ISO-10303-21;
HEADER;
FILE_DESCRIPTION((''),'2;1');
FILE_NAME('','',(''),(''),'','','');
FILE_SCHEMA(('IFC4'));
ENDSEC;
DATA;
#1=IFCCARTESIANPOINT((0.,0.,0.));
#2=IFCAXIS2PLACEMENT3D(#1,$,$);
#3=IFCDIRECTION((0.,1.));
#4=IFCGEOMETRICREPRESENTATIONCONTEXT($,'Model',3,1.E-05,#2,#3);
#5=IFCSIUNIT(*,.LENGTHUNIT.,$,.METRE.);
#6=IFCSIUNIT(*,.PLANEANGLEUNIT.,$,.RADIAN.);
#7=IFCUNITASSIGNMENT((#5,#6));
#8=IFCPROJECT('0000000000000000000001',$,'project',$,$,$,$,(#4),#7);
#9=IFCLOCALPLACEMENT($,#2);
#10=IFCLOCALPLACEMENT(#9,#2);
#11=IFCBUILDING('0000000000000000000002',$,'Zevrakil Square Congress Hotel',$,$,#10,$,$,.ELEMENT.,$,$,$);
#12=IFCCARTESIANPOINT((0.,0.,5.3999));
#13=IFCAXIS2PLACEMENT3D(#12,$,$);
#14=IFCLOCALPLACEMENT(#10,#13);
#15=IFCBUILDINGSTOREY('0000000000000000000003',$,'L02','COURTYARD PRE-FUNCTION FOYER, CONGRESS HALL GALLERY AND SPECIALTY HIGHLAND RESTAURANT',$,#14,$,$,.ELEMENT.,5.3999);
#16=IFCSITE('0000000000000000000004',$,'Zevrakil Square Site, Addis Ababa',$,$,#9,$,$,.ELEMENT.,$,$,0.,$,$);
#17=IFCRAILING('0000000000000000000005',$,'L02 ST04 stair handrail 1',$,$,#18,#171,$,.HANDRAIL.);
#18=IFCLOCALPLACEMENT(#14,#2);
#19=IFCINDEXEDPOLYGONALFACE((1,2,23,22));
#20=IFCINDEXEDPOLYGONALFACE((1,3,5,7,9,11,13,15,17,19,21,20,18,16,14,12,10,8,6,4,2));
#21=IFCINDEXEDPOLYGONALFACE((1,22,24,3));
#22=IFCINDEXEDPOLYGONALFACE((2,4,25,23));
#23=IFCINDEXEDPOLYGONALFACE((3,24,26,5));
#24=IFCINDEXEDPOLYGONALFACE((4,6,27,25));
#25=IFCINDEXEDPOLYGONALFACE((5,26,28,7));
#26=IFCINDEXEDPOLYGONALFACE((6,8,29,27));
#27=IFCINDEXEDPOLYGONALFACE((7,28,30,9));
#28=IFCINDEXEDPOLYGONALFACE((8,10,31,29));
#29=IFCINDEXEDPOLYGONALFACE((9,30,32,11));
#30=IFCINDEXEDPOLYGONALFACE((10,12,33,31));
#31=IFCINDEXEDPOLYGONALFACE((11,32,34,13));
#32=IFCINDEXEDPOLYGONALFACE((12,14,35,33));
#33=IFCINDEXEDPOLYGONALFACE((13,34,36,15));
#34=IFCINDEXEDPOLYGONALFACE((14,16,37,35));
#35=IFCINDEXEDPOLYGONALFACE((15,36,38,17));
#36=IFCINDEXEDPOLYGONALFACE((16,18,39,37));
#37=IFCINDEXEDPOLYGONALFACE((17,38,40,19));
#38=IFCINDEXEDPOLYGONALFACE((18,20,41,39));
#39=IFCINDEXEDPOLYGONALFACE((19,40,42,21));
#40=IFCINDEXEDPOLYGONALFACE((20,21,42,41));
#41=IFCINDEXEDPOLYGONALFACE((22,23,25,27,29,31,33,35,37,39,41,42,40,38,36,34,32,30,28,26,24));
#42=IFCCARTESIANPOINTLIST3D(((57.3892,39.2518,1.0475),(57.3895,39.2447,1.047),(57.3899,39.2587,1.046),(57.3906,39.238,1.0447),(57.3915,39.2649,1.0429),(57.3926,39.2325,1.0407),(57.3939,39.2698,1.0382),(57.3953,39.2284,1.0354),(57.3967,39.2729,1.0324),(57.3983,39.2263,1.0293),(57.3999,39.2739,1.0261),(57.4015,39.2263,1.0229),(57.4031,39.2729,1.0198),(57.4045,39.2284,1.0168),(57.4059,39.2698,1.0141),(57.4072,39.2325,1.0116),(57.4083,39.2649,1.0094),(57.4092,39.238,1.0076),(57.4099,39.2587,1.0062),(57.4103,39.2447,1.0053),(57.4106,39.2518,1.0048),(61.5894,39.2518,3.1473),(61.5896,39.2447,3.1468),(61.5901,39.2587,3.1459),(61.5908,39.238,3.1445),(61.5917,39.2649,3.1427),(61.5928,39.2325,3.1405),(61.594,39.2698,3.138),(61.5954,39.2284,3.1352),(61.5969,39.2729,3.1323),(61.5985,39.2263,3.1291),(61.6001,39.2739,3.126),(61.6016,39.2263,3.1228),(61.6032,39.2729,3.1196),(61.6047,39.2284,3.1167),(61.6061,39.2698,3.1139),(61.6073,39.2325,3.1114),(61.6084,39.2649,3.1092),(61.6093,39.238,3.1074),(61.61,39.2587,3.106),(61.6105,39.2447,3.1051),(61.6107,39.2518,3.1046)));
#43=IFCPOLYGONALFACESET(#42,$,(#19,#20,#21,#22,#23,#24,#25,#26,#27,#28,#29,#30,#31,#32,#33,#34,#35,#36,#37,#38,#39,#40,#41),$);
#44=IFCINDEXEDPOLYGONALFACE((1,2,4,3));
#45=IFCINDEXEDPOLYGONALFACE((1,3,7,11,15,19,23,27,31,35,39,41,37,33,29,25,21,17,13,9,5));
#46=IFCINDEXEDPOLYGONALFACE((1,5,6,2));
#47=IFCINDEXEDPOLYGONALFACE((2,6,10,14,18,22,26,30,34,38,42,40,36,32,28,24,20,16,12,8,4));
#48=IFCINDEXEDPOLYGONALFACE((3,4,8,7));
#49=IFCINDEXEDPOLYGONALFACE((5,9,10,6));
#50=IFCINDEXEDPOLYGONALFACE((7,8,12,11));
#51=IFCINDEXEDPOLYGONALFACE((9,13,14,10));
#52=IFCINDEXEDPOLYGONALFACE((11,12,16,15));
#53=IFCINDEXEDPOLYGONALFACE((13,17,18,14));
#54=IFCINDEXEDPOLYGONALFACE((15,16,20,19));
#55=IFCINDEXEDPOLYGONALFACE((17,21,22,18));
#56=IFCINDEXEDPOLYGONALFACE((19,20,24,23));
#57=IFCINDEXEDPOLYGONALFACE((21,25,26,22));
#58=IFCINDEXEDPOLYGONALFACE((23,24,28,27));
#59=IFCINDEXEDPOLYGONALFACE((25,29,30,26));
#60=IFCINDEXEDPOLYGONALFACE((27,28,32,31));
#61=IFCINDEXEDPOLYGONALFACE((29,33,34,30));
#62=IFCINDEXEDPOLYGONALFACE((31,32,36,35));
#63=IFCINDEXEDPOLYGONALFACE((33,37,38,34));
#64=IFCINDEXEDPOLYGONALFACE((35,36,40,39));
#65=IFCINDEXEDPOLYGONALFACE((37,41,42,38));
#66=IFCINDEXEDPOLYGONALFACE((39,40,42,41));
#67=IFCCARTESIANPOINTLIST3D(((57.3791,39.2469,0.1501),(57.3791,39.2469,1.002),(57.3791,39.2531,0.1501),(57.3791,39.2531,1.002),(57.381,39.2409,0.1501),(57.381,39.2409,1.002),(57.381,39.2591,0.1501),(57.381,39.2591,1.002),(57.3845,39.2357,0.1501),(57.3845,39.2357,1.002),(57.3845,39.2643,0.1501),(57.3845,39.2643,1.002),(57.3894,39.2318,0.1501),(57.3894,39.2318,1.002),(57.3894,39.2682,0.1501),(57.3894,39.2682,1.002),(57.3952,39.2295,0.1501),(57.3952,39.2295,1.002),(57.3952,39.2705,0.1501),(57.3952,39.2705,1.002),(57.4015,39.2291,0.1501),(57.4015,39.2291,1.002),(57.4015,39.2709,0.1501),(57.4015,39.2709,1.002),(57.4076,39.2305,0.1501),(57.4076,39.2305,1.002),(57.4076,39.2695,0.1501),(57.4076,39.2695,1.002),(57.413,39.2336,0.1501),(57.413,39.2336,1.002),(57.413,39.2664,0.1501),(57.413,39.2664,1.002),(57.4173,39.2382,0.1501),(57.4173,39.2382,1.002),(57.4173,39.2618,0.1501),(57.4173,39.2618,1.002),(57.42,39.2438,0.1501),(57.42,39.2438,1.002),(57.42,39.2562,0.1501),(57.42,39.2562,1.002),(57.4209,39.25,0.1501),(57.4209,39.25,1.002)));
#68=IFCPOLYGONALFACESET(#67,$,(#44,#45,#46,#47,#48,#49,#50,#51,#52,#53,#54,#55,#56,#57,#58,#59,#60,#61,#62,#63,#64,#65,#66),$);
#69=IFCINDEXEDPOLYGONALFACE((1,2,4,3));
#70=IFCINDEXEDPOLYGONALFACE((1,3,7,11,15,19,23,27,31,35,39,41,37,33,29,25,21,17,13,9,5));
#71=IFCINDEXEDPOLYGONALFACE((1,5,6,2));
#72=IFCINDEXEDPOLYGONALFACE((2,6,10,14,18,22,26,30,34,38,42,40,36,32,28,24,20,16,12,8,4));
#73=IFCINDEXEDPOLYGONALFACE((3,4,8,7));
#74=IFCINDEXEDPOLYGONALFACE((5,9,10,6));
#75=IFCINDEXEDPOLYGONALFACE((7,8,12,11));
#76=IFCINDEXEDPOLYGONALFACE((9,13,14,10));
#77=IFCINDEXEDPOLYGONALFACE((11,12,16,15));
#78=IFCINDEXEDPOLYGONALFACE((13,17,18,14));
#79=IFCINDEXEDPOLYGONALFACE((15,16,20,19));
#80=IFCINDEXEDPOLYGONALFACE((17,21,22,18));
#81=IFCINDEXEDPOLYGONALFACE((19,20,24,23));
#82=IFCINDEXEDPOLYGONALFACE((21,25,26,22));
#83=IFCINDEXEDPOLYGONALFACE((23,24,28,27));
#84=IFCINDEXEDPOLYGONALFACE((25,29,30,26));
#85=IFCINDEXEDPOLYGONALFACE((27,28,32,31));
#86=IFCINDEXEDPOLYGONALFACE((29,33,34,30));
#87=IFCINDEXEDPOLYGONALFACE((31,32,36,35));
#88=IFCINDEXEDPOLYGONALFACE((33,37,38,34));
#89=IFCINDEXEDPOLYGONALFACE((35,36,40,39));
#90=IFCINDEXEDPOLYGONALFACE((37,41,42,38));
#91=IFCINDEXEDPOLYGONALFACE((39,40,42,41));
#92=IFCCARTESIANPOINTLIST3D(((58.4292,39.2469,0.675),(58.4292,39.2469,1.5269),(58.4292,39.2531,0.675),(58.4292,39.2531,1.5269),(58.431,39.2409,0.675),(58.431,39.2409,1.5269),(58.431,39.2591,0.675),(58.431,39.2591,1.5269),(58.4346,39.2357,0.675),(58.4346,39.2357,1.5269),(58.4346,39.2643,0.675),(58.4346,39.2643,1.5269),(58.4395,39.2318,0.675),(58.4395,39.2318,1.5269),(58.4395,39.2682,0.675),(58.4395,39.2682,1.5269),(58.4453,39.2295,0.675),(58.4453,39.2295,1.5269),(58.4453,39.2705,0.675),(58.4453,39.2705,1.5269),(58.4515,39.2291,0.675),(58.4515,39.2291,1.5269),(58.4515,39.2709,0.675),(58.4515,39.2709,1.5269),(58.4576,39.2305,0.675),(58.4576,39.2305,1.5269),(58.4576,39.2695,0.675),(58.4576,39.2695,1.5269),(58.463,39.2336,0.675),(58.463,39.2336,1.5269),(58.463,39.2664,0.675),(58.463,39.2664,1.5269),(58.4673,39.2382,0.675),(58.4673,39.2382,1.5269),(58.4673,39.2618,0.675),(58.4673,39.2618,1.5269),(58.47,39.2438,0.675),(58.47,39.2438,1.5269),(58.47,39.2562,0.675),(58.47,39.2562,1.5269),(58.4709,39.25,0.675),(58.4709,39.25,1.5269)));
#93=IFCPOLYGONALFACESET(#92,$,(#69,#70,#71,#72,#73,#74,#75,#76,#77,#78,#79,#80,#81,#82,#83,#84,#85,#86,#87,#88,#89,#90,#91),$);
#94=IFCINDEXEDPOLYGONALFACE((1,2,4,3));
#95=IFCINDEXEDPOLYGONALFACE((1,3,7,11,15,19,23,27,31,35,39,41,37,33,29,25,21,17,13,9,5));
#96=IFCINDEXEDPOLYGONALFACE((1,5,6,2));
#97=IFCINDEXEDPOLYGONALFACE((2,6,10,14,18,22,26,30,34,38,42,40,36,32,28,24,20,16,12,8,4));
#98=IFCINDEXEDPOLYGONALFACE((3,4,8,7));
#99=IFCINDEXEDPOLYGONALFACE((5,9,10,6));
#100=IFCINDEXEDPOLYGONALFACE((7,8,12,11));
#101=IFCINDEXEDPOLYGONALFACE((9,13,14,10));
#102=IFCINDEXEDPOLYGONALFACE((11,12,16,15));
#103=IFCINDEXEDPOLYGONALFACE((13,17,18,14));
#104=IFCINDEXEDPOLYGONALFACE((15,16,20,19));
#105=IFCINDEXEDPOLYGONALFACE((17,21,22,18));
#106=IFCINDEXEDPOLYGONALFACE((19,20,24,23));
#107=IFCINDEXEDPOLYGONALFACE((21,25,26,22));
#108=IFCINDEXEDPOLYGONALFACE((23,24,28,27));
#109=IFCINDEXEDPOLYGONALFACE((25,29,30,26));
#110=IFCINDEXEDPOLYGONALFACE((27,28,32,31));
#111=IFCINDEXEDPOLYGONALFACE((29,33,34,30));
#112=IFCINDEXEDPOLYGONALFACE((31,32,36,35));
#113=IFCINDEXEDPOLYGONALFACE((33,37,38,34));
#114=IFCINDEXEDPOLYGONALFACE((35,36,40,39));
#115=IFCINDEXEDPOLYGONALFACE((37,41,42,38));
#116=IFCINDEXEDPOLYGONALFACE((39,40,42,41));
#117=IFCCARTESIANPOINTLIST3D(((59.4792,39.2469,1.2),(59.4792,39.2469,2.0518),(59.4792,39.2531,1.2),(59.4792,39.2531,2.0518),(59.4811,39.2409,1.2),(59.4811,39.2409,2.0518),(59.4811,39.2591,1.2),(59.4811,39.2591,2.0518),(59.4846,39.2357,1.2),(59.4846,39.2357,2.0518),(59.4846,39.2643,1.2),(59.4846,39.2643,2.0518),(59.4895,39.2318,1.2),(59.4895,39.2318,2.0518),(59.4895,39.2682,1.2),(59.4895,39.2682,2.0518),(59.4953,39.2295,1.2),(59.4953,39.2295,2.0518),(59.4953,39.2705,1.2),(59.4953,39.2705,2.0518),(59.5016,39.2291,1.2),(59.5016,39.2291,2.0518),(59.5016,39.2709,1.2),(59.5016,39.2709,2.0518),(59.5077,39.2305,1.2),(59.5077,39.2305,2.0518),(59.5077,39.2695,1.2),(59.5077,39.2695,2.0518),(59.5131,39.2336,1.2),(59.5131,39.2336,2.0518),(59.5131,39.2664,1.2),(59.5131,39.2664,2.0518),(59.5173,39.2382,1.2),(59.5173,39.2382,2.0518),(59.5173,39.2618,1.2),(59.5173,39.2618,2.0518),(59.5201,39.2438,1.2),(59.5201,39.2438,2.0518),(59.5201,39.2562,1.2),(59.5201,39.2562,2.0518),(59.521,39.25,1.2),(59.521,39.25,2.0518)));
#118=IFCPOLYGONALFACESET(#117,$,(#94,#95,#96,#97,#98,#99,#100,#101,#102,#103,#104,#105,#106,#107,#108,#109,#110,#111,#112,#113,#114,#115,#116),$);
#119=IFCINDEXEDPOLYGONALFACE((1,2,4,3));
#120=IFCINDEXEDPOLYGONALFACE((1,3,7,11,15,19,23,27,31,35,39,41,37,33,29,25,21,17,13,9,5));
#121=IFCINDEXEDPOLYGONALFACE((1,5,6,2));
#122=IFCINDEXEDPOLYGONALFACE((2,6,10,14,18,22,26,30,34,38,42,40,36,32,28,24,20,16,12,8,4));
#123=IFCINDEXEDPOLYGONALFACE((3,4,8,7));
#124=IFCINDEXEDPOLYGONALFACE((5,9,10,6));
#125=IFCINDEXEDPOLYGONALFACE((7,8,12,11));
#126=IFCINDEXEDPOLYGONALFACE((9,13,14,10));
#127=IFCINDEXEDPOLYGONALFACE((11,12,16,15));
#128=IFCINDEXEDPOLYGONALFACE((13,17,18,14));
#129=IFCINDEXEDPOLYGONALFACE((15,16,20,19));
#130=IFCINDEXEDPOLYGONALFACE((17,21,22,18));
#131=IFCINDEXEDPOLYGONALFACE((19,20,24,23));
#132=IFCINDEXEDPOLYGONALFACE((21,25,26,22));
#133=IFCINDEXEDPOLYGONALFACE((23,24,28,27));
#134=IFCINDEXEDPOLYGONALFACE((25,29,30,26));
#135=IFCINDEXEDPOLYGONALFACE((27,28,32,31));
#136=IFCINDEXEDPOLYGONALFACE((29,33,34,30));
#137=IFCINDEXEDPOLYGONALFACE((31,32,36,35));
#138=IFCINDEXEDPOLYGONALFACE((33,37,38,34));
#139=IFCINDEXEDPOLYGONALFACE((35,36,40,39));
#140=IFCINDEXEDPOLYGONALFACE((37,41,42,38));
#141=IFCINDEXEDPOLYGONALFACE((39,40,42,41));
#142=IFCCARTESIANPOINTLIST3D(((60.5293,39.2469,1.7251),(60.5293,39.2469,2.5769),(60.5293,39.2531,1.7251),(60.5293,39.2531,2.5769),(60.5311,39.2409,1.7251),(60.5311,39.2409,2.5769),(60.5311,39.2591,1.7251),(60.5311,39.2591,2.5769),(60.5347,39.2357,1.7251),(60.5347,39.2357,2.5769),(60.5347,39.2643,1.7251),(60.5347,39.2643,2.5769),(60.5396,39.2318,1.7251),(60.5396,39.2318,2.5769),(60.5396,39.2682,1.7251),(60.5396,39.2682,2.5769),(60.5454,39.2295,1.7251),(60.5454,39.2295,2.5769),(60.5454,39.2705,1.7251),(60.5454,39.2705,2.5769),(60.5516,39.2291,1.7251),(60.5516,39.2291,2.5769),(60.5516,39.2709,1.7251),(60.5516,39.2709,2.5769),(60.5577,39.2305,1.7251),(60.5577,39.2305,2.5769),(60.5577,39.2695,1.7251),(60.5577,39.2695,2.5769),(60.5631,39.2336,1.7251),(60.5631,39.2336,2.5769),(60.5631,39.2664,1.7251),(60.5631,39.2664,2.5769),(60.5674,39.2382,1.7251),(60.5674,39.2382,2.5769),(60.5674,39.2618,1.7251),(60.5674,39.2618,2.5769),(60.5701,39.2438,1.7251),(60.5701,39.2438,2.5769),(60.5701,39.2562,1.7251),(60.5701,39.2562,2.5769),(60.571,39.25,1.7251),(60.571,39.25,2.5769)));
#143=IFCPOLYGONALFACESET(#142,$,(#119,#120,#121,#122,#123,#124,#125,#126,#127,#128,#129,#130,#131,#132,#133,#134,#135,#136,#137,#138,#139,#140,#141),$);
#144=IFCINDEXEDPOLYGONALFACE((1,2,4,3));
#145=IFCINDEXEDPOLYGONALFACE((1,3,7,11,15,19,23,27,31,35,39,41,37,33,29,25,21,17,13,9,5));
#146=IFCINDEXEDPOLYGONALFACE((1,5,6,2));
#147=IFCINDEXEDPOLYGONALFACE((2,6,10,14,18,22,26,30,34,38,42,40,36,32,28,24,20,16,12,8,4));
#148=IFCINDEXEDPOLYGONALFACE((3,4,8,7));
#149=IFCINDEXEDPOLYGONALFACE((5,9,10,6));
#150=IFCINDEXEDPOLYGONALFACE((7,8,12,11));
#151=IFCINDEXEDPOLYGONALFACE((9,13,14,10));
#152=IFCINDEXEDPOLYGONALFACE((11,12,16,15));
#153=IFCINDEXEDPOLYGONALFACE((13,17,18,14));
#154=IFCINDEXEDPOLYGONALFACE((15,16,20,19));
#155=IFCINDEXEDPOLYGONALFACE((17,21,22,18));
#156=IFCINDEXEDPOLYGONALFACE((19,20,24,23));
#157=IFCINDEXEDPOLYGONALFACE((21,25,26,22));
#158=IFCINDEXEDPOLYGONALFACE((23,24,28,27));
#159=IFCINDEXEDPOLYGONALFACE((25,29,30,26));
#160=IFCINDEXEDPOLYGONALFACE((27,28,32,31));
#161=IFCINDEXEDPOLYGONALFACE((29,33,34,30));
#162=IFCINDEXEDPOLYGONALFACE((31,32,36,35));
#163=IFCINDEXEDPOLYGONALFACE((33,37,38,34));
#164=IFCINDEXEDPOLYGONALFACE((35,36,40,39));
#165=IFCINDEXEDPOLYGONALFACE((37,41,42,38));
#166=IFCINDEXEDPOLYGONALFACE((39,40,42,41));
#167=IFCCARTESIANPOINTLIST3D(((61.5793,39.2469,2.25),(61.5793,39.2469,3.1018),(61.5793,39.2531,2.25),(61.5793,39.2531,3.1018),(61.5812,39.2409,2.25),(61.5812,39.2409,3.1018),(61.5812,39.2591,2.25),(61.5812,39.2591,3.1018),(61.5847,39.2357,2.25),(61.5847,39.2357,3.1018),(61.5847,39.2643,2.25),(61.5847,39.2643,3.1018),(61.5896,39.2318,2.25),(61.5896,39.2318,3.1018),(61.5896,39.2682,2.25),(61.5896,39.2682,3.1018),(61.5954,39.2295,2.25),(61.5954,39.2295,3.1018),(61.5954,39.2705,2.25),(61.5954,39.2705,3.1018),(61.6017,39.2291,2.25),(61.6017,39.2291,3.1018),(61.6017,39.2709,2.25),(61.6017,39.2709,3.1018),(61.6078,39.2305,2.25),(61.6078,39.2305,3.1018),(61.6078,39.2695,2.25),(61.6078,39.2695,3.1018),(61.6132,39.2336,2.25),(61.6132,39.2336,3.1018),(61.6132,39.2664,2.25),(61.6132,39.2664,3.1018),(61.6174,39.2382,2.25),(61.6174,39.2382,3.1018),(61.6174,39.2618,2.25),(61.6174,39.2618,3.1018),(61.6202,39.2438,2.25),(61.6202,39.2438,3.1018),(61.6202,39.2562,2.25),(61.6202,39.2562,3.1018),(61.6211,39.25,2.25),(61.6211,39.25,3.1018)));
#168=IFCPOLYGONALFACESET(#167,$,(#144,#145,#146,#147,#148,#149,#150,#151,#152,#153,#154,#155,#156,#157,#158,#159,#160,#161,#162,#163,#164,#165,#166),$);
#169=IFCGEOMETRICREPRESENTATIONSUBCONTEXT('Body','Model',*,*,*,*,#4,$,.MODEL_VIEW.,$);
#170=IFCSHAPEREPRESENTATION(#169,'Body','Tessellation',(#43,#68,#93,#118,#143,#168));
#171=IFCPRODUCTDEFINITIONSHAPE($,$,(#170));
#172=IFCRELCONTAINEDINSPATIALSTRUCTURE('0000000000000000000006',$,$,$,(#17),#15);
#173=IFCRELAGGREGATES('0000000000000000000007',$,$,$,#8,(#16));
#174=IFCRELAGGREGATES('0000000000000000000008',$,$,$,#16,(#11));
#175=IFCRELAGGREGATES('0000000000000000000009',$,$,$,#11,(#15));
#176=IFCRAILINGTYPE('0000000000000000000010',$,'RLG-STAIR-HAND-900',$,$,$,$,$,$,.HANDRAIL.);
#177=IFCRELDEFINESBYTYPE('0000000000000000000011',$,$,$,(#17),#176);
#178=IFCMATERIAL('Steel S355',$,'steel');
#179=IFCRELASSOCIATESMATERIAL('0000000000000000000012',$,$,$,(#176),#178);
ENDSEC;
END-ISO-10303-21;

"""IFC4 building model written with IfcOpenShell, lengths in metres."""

from ifc_helpers import new_model, si_unit, direction, frame, origin, origin_2d, place, context, subcontext, project, spatial, circle, extrude, material, type_object, element, save


model = new_model("IFC4")

# Units and contexts
model_context = context("Model", 3, precision=1e-05, world=origin(), true_north=direction((0.0, 1.0)))
body_context = subcontext(model_context, "Body", "Model", "MODEL_VIEW")
ifc_project = project(units=[si_unit("LENGTHUNIT", "METRE"), si_unit("PLANEANGLEUNIT", "RADIAN")], contexts=[model_context])

# Site, building, storey
site_placement = place(None, origin())
site = spatial("IfcSite", under=ifc_project, at=site_placement, Name="Zevrakil Square Site, Addis Ababa", CompositionType="ELEMENT", RefElevation=0.0)
building_placement = place(site_placement, origin())
building = spatial("IfcBuilding", under=site, at=building_placement, Name="Zevrakil Square Congress Hotel", CompositionType="ELEMENT")
storey_placement = place(building_placement, frame((0.0, 0.0, 5.3999)))
storey = spatial("IfcBuildingStorey", under=building, at=storey_placement, Name="L02", Description="COURTYARD PRE-FUNCTION FOYER, CONGRESS HALL GALLERY AND SPECIALTY HIGHLAND RESTAURANT", CompositionType="ELEMENT", Elevation=5.3999)

# Railing
ifc_material_1 = material(Name="Steel S355", Category="steel")
railing_type_1 = type_object("IfcRailingType", Name="RLG-STAIR-HAND-900", PredefinedType="HANDRAIL", material=ifc_material_1)
railing_1_placement = place(storey_placement, frame((57.3999, 39.25, 0.1501)))
element("IfcRailing", 1, at=railing_1_placement, inside=storey, type_object=railing_type_1, Name="L02 ST04 stair handrail 1", PredefinedType="HANDRAIL", context=body_context, shape_type="SweptSolid", body=[
    extrude(circle(Radius=0.0239, at=origin_2d()), frame((0.0, 0.0, 0.876), z_axis=(0.894448, 0.0, 0.447172), x_axis=(0.0, 1.0, 0.0)), (0.0, 0.0, 1.0), 4.6958),
    extrude(circle(Radius=0.021, at=origin_2d()), origin(), (0.0, 0.0, 1.0), 0.8518),
    extrude(circle(Radius=0.021, at=origin_2d()), frame((1.05, 0.0, 0.5249)), (0.0, 0.0, 1.0), 0.8518),
    extrude(circle(Radius=0.021, at=origin_2d()), frame((2.1001, 0.0, 1.0498)), (0.0, 0.0, 1.0), 0.8518),
    extrude(circle(Radius=0.021, at=origin_2d()), frame((3.1501, 0.0, 1.575)), (0.0, 0.0, 1.0), 0.8518),
    extrude(circle(Radius=0.021, at=origin_2d()), frame((4.2002, 0.0, 2.0999)), (0.0, 0.0, 1.0), 0.8518),
])

save(model, "model.ifc")
